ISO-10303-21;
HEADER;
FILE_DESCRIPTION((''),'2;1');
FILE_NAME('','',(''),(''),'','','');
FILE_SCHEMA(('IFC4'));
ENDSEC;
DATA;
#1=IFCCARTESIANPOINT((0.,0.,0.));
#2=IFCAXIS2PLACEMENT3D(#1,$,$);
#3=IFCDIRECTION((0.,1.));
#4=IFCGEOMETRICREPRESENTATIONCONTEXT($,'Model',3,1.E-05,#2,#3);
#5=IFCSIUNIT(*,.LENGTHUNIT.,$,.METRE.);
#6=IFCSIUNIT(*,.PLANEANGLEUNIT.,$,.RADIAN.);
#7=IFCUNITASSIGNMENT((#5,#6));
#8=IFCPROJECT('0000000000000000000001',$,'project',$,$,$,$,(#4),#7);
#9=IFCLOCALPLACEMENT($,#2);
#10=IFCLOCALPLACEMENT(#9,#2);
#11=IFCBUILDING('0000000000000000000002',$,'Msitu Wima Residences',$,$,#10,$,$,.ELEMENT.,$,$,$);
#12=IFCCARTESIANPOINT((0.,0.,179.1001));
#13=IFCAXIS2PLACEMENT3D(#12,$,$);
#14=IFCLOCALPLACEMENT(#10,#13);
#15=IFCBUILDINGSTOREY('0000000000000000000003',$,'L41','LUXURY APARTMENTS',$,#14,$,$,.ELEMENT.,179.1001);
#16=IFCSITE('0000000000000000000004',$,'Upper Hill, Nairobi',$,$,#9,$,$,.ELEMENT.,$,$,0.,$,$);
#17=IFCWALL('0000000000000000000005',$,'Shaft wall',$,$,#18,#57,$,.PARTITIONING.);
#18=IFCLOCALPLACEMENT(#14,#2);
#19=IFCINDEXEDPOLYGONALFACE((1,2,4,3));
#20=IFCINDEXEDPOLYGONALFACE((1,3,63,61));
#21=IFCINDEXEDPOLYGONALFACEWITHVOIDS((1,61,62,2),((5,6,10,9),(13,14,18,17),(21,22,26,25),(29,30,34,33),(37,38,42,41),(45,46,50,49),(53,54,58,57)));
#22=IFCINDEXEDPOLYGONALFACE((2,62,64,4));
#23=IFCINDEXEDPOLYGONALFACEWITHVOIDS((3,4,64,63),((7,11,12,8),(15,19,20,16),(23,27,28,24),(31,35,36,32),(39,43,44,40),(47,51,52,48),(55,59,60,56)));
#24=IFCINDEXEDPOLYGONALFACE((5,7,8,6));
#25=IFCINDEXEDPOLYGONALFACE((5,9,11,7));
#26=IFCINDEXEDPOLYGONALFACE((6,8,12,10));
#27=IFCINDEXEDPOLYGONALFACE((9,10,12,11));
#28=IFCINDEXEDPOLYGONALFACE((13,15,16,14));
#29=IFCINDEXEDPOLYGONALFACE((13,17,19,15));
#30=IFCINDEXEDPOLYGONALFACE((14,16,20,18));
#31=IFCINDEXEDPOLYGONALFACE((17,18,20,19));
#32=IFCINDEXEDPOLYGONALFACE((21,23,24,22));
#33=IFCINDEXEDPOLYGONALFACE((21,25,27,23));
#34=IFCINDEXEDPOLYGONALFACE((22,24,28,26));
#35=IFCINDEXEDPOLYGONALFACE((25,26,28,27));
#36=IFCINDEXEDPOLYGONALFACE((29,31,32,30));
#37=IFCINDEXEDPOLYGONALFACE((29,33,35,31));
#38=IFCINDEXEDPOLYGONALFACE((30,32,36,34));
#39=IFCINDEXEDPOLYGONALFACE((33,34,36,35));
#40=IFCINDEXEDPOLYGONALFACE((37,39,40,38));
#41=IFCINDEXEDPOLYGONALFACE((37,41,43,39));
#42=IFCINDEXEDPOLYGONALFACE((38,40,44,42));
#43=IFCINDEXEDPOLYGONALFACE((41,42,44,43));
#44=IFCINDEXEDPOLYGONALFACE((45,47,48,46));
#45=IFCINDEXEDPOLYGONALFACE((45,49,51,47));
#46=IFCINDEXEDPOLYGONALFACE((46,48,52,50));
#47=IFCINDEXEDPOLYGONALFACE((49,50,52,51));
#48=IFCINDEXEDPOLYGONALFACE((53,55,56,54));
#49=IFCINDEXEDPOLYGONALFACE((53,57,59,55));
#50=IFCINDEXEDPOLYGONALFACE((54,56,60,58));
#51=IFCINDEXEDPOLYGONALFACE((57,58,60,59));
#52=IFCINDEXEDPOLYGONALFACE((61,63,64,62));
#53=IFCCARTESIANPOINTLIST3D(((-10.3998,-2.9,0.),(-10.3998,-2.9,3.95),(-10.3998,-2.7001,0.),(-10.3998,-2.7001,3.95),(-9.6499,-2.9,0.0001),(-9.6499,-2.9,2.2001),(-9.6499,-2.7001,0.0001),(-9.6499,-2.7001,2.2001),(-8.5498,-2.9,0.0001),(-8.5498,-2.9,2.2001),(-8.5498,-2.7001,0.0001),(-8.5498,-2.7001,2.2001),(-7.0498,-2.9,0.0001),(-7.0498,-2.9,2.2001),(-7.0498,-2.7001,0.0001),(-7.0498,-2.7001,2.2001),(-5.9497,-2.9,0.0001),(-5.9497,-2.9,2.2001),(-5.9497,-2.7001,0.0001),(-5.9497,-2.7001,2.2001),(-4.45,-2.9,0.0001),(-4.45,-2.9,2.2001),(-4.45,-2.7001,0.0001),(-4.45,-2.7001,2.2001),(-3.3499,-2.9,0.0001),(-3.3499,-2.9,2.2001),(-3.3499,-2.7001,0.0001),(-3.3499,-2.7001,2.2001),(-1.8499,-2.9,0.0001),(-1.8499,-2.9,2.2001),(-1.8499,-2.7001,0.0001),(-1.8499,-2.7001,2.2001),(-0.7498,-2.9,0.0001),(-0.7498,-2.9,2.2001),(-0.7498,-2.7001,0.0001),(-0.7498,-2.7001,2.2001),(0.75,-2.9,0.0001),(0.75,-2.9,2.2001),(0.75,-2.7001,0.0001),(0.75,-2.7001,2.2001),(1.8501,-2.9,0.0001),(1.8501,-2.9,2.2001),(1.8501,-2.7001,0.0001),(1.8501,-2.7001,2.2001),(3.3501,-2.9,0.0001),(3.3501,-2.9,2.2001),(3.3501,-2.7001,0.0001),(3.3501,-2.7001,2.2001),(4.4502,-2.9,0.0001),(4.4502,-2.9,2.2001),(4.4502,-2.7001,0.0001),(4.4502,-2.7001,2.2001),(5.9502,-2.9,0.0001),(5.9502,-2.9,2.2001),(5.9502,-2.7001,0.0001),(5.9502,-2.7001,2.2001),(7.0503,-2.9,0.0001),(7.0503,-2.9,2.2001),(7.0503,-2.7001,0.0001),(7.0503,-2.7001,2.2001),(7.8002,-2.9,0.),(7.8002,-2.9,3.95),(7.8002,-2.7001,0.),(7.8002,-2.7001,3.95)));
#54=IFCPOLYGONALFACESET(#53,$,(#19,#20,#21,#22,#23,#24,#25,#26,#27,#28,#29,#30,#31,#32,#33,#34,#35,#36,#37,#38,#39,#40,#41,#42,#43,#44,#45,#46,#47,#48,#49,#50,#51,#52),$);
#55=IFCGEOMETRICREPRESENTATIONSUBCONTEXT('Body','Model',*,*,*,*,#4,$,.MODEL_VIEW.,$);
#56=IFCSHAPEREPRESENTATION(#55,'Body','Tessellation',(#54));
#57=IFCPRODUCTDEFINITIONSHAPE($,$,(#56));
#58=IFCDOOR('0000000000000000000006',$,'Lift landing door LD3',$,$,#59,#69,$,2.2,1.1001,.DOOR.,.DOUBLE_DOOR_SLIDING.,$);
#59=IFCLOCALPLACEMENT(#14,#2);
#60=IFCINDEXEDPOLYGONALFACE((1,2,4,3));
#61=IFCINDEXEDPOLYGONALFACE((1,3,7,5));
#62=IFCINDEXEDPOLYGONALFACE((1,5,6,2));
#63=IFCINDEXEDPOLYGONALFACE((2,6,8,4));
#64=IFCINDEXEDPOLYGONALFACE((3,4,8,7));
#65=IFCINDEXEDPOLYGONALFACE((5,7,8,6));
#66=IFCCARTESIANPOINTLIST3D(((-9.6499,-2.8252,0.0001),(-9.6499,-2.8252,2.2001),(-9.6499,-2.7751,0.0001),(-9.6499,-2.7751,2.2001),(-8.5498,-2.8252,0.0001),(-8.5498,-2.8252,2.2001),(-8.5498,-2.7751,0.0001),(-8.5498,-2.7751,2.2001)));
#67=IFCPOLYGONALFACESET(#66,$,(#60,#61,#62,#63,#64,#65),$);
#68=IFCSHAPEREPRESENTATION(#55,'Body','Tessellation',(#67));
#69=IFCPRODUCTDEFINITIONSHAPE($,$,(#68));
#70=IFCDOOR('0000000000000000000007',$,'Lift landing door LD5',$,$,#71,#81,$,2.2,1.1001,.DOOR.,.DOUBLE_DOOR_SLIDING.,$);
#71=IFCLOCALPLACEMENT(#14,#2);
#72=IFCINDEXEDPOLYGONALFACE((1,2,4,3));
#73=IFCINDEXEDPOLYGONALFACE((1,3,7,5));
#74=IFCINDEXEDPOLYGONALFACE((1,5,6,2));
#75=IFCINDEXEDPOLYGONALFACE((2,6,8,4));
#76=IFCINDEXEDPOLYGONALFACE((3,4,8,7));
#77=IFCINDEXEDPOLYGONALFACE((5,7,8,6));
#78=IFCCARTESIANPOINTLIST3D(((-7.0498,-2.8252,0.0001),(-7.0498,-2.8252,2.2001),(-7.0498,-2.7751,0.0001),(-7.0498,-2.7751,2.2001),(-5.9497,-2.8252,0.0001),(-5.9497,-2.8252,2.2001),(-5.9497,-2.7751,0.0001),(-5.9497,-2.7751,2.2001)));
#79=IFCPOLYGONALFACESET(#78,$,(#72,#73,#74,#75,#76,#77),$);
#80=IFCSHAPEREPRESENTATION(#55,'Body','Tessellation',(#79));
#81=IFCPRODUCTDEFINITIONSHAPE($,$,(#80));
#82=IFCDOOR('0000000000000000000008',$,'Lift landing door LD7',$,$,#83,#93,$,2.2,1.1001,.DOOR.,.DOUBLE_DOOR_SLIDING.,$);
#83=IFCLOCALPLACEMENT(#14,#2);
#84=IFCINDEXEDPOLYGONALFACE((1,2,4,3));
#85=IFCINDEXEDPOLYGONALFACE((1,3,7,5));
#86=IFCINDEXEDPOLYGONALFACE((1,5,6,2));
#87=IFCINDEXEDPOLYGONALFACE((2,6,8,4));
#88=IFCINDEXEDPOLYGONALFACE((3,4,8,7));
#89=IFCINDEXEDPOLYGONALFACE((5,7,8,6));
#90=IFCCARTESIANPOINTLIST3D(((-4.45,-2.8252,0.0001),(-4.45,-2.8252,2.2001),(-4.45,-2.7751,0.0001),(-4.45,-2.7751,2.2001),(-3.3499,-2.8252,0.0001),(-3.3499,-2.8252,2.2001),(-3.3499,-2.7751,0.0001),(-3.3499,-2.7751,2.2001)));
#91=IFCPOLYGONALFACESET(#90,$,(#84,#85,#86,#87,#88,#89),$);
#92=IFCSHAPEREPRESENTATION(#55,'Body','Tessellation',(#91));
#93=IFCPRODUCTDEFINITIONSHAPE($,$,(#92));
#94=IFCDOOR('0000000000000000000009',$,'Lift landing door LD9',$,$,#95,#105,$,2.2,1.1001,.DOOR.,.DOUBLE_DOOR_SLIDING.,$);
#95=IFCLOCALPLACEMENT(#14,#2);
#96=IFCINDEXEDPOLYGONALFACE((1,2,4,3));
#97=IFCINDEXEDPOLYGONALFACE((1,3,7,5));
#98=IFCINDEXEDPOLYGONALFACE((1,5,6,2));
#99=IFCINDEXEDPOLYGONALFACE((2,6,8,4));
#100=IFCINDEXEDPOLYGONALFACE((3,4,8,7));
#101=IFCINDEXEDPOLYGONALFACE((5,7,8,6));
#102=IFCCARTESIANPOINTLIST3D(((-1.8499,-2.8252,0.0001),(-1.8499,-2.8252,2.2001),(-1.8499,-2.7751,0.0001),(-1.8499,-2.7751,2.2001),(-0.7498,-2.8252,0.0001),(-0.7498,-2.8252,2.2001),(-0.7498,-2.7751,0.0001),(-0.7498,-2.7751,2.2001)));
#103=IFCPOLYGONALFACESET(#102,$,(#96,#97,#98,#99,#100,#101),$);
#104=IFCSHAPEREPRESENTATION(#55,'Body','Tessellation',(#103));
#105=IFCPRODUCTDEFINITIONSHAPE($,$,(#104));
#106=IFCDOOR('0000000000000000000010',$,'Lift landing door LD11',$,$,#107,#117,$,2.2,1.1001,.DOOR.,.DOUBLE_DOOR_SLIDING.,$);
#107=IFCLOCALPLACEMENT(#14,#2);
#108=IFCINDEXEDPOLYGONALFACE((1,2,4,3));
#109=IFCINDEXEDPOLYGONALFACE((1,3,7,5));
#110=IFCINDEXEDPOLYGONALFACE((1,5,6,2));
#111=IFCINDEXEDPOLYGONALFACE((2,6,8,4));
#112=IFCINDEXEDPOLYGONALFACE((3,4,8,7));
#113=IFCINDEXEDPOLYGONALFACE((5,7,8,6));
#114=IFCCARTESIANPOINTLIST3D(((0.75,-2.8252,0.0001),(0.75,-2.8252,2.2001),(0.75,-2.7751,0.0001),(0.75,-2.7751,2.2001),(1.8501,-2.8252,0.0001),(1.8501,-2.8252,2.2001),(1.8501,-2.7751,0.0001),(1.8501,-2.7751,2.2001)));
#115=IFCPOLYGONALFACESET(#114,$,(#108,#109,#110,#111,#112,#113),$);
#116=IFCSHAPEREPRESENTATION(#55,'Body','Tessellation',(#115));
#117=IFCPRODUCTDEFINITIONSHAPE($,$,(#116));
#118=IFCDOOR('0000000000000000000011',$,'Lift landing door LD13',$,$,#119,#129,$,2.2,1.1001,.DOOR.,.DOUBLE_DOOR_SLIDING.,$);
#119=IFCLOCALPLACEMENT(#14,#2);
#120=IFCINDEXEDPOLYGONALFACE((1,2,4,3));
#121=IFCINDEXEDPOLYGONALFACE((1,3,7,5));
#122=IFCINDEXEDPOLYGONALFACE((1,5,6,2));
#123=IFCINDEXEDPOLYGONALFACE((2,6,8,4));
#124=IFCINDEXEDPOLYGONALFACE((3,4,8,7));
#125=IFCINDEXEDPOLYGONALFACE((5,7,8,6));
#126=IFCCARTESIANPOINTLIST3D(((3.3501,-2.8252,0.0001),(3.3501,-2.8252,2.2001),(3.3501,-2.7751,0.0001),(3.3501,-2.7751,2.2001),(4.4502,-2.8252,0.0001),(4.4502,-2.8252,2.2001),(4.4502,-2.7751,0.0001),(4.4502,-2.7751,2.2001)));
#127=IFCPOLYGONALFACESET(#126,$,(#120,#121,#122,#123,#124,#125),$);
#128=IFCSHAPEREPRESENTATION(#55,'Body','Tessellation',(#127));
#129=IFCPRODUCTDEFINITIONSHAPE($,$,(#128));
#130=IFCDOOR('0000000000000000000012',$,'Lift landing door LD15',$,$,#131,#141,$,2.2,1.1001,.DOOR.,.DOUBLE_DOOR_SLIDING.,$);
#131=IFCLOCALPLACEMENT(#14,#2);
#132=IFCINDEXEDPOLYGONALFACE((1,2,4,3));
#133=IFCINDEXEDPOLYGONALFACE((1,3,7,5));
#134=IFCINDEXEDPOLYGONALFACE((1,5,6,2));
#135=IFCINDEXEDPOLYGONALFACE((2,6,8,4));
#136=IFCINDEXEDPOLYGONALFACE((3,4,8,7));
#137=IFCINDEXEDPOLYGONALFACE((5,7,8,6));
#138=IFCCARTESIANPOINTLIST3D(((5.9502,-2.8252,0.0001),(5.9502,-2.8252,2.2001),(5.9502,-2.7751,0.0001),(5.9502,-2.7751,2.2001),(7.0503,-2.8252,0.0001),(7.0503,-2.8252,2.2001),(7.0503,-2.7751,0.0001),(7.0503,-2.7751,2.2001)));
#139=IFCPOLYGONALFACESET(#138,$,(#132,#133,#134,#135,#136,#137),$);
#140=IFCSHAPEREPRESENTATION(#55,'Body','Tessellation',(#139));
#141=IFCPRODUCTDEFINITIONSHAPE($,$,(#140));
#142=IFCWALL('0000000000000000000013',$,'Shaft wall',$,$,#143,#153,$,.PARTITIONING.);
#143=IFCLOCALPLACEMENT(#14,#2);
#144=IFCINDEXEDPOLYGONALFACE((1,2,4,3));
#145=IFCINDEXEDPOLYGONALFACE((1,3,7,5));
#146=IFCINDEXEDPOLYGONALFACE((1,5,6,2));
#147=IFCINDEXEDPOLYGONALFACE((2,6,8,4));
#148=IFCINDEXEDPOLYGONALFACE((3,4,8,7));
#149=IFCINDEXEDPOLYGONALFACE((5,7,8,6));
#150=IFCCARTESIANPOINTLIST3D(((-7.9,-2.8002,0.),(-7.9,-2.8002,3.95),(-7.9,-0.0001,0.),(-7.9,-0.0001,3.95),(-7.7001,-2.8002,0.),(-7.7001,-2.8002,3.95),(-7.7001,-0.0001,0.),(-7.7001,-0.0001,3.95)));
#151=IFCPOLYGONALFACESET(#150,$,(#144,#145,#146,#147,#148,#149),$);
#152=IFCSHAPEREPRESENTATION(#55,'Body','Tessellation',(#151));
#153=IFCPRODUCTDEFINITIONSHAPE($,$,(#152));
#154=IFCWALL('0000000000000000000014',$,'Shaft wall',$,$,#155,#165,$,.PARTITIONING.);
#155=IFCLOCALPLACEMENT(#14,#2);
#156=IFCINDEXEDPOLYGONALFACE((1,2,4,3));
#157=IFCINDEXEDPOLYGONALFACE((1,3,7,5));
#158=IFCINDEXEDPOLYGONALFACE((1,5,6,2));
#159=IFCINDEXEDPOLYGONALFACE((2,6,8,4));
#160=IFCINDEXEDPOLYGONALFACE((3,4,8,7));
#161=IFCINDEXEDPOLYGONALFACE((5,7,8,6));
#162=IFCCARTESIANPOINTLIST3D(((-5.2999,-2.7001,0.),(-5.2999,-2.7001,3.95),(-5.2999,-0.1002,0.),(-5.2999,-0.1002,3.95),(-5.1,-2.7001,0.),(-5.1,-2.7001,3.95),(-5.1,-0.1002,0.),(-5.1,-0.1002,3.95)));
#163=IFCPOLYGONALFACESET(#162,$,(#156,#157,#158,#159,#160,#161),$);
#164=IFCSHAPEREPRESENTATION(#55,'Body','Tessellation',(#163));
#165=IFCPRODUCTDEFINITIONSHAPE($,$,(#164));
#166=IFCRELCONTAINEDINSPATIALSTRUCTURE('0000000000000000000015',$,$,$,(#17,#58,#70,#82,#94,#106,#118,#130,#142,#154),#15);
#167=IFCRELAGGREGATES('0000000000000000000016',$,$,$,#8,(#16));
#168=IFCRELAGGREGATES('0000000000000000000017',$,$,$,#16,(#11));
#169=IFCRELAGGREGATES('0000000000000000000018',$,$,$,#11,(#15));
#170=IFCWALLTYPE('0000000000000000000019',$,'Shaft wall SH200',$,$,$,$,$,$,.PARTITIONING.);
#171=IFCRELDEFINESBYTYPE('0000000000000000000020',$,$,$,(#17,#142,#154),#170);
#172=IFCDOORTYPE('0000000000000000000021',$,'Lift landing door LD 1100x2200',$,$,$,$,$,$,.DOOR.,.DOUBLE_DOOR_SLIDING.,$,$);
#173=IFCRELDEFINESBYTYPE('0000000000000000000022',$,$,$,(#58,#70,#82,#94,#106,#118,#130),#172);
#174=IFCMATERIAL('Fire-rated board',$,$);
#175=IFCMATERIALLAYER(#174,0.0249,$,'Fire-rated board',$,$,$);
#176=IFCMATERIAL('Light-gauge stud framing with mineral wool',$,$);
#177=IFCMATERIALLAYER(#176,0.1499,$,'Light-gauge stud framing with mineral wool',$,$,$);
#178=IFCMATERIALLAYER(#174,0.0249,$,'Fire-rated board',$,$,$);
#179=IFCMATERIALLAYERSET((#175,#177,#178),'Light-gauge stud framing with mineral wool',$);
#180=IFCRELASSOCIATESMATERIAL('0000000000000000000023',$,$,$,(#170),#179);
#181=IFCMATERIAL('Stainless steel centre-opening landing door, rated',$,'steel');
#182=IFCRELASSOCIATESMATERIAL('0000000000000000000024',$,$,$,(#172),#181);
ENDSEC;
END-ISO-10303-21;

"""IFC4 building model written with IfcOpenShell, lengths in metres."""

from ifc_helpers import new_model, si_unit, direction, frame, frame_2d, origin, place, context, subcontext, project, spatial, rectangle, extrude, material, layer, layer_set, type_object, element, fill, save


model = new_model("IFC4")

# Units and contexts
model_context = context("Model", 3, precision=1e-05, world=origin(), true_north=direction((0.0, 1.0)))
body_context = subcontext(model_context, "Body", "Model", "MODEL_VIEW")
ifc_project = project(units=[si_unit("LENGTHUNIT", "METRE"), si_unit("PLANEANGLEUNIT", "RADIAN")], contexts=[model_context])

# Site, building, storey
site_placement = place(None, origin())
site = spatial("IfcSite", under=ifc_project, at=site_placement, Name="Upper Hill, Nairobi", CompositionType="ELEMENT", RefElevation=0.0)
building_placement = place(site_placement, origin())
building = spatial("IfcBuilding", under=site, at=building_placement, Name="Msitu Wima Residences", CompositionType="ELEMENT")
storey_placement = place(building_placement, frame((0.0, 0.0, 179.1001)))
storey = spatial("IfcBuildingStorey", under=building, at=storey_placement, Name="L41", Description="LUXURY APARTMENTS", CompositionType="ELEMENT", Elevation=179.1001)

# Shared definitions
ifc_material_1 = material(Name="Fire-rated board")
ifc_layer_1 = layer(ifc_material_1, 0.0249, Name="Fire-rated board")
ifc_material_2 = material(Name="Light-gauge stud framing with mineral wool")
ifc_layer_2 = layer(ifc_material_2, 0.1499, Name="Light-gauge stud framing with mineral wool")
ifc_layer_3 = layer(ifc_material_1, 0.0249, Name="Fire-rated board")
ifc_layer_set_1 = layer_set([ifc_layer_1, ifc_layer_2, ifc_layer_3], Name="Light-gauge stud framing with mineral wool")
wall_type_1 = type_object("IfcWallType", Name="Shaft wall SH200", PredefinedType="PARTITIONING", material=ifc_layer_set_1)

# Wall, openings, doors
wall_1_placement = place(storey_placement, frame((-10.3999, -2.8, 0.0), z_axis=(0.0, 0.0, 1.0), x_axis=(1.0, 0.0, 0.0)))
wall_1 = element("IfcWall", 1, at=wall_1_placement, inside=storey, type_object=wall_type_1, Name="Shaft wall", PredefinedType="PARTITIONING", context=body_context, shape_type="SweptSolid", body=[
    extrude(rectangle(XDim=18.2, YDim=0.2, at=frame_2d((9.1001, 0.0))), origin(), (0.0, 0.0, 1.0), 3.95),
])
opening_1_placement = place(wall_1_placement, frame((0.75, 0.0, 0.0)))
opening_1 = element("IfcOpeningElement", 2, at=opening_1_placement, cuts=wall_1, PredefinedType="OPENING", context=body_context, shape_type="SweptSolid", body=[
    extrude(rectangle(XDim=1.1001, YDim=2.2, at=frame_2d((0.55, 1.1001))), frame((0.0, 0.1099, 0.0), z_axis=(0.0, -1.0, 0.0), x_axis=(1.0, 0.0, 0.0)), (0.0, 0.0, 1.0), 0.22),
])
opening_2_placement = place(wall_1_placement, frame((3.3501, 0.0, 0.0)))
opening_2 = element("IfcOpeningElement", 3, at=opening_2_placement, cuts=wall_1, PredefinedType="OPENING", context=body_context, shape_type="SweptSolid", body=[
    extrude(rectangle(XDim=1.1001, YDim=2.2, at=frame_2d((0.55, 1.1001))), frame((0.0, 0.1099, 0.0), z_axis=(0.0, -1.0, 0.0), x_axis=(1.0, 0.0, 0.0)), (0.0, 0.0, 1.0), 0.22),
])
opening_3_placement = place(wall_1_placement, frame((5.95, 0.0, 0.0)))
opening_3 = element("IfcOpeningElement", 4, at=opening_3_placement, cuts=wall_1, PredefinedType="OPENING", context=body_context, shape_type="SweptSolid", body=[
    extrude(rectangle(XDim=1.1001, YDim=2.2, at=frame_2d((0.55, 1.1001))), frame((0.0, 0.1099, 0.0), z_axis=(0.0, -1.0, 0.0), x_axis=(1.0, 0.0, 0.0)), (0.0, 0.0, 1.0), 0.22),
])
opening_4_placement = place(wall_1_placement, frame((8.55, 0.0, 0.0)))
opening_4 = element("IfcOpeningElement", 5, at=opening_4_placement, cuts=wall_1, PredefinedType="OPENING", context=body_context, shape_type="SweptSolid", body=[
    extrude(rectangle(XDim=1.1001, YDim=2.2, at=frame_2d((0.55, 1.1001))), frame((0.0, 0.1099, 0.0), z_axis=(0.0, -1.0, 0.0), x_axis=(1.0, 0.0, 0.0)), (0.0, 0.0, 1.0), 0.22),
])
opening_5_placement = place(wall_1_placement, frame((11.1499, 0.0, 0.0)))
opening_5 = element("IfcOpeningElement", 6, at=opening_5_placement, cuts=wall_1, PredefinedType="OPENING", context=body_context, shape_type="SweptSolid", body=[
    extrude(rectangle(XDim=1.1001, YDim=2.2, at=frame_2d((0.55, 1.1001))), frame((0.0, 0.1099, 0.0), z_axis=(0.0, -1.0, 0.0), x_axis=(1.0, 0.0, 0.0)), (0.0, 0.0, 1.0), 0.22),
])
opening_6_placement = place(wall_1_placement, frame((13.75, 0.0, 0.0)))
opening_6 = element("IfcOpeningElement", 7, at=opening_6_placement, cuts=wall_1, PredefinedType="OPENING", context=body_context, shape_type="SweptSolid", body=[
    extrude(rectangle(XDim=1.1001, YDim=2.2, at=frame_2d((0.55, 1.1001))), frame((0.0, 0.1099, 0.0), z_axis=(0.0, -1.0, 0.0), x_axis=(1.0, 0.0, 0.0)), (0.0, 0.0, 1.0), 0.22),
])
opening_7_placement = place(wall_1_placement, frame((16.3501, 0.0, 0.0)))
opening_7 = element("IfcOpeningElement", 8, at=opening_7_placement, cuts=wall_1, PredefinedType="OPENING", context=body_context, shape_type="SweptSolid", body=[
    extrude(rectangle(XDim=1.1001, YDim=2.2, at=frame_2d((0.55, 1.1001))), frame((0.0, 0.1099, 0.0), z_axis=(0.0, -1.0, 0.0), x_axis=(1.0, 0.0, 0.0)), (0.0, 0.0, 1.0), 0.22),
])
ifc_material_3 = material(Name="Stainless steel centre-opening landing door, rated", Category="steel")
door_type_1 = type_object("IfcDoorType", Name="Lift landing door LD 1100x2200", OperationType="DOUBLE_DOOR_SLIDING", PredefinedType="DOOR", material=ifc_material_3)
door_1_placement = place(opening_1_placement, origin())
door_1 = element("IfcDoor", 9, at=door_1_placement, inside=storey, type_object=door_type_1, Name="Lift landing door LD3", OperationType="DOUBLE_DOOR_SLIDING", OverallHeight=2.2, OverallWidth=1.1001, PredefinedType="DOOR", context=body_context, shape_type="SweptSolid", body=[
    extrude(rectangle(XDim=1.1001, YDim=2.2, at=frame_2d((0.55, 1.1001))), frame((0.0, 0.0249, 0.0), z_axis=(0.0, -1.0, 0.0), x_axis=(1.0, 0.0, 0.0)), (0.0, 0.0, 1.0), 0.05),
])
fill(opening_1, door_1)
door_2_placement = place(opening_2_placement, origin())
door_2 = element("IfcDoor", 10, at=door_2_placement, inside=storey, type_object=door_type_1, Name="Lift landing door LD5", OperationType="DOUBLE_DOOR_SLIDING", OverallHeight=2.2, OverallWidth=1.1001, PredefinedType="DOOR", context=body_context, shape_type="SweptSolid", body=[
    extrude(rectangle(XDim=1.1001, YDim=2.2, at=frame_2d((0.55, 1.1001))), frame((0.0, 0.0249, 0.0), z_axis=(0.0, -1.0, 0.0), x_axis=(1.0, 0.0, 0.0)), (0.0, 0.0, 1.0), 0.05),
])
fill(opening_2, door_2)
door_3_placement = place(opening_3_placement, origin())
door_3 = element("IfcDoor", 11, at=door_3_placement, inside=storey, type_object=door_type_1, Name="Lift landing door LD7", OperationType="DOUBLE_DOOR_SLIDING", OverallHeight=2.2, OverallWidth=1.1001, PredefinedType="DOOR", context=body_context, shape_type="SweptSolid", body=[
    extrude(rectangle(XDim=1.1001, YDim=2.2, at=frame_2d((0.55, 1.1001))), frame((0.0, 0.0249, 0.0), z_axis=(0.0, -1.0, 0.0), x_axis=(1.0, 0.0, 0.0)), (0.0, 0.0, 1.0), 0.05),
])
fill(opening_3, door_3)
door_4_placement = place(opening_4_placement, origin())
door_4 = element("IfcDoor", 12, at=door_4_placement, inside=storey, type_object=door_type_1, Name="Lift landing door LD9", OperationType="DOUBLE_DOOR_SLIDING", OverallHeight=2.2, OverallWidth=1.1001, PredefinedType="DOOR", context=body_context, shape_type="SweptSolid", body=[
    extrude(rectangle(XDim=1.1001, YDim=2.2, at=frame_2d((0.55, 1.1001))), frame((0.0, 0.0249, 0.0), z_axis=(0.0, -1.0, 0.0), x_axis=(1.0, 0.0, 0.0)), (0.0, 0.0, 1.0), 0.05),
])
fill(opening_4, door_4)
door_5_placement = place(opening_5_placement, origin())
door_5 = element("IfcDoor", 13, at=door_5_placement, inside=storey, type_object=door_type_1, Name="Lift landing door LD11", OperationType="DOUBLE_DOOR_SLIDING", OverallHeight=2.2, OverallWidth=1.1001, PredefinedType="DOOR", context=body_context, shape_type="SweptSolid", body=[
    extrude(rectangle(XDim=1.1001, YDim=2.2, at=frame_2d((0.55, 1.1001))), frame((0.0, 0.0249, 0.0), z_axis=(0.0, -1.0, 0.0), x_axis=(1.0, 0.0, 0.0)), (0.0, 0.0, 1.0), 0.05),
])
fill(opening_5, door_5)
door_6_placement = place(opening_6_placement, origin())
door_6 = element("IfcDoor", 14, at=door_6_placement, inside=storey, type_object=door_type_1, Name="Lift landing door LD13", OperationType="DOUBLE_DOOR_SLIDING", OverallHeight=2.2, OverallWidth=1.1001, PredefinedType="DOOR", context=body_context, shape_type="SweptSolid", body=[
    extrude(rectangle(XDim=1.1001, YDim=2.2, at=frame_2d((0.55, 1.1001))), frame((0.0, 0.0249, 0.0), z_axis=(0.0, -1.0, 0.0), x_axis=(1.0, 0.0, 0.0)), (0.0, 0.0, 1.0), 0.05),
])
fill(opening_6, door_6)
door_7_placement = place(opening_7_placement, origin())
door_7 = element("IfcDoor", 15, at=door_7_placement, inside=storey, type_object=door_type_1, Name="Lift landing door LD15", OperationType="DOUBLE_DOOR_SLIDING", OverallHeight=2.2, OverallWidth=1.1001, PredefinedType="DOOR", context=body_context, shape_type="SweptSolid", body=[
    extrude(rectangle(XDim=1.1001, YDim=2.2, at=frame_2d((0.55, 1.1001))), frame((0.0, 0.0249, 0.0), z_axis=(0.0, -1.0, 0.0), x_axis=(1.0, 0.0, 0.0)), (0.0, 0.0, 1.0), 0.05),
])
fill(opening_7, door_7)

# Walls
wall_2_placement = place(storey_placement, frame((-7.8, -2.8, 0.0), z_axis=(0.0, 0.0, 1.0), x_axis=(0.0, 1.0, 0.0)))
element("IfcWall", 16, at=wall_2_placement, inside=storey, type_object=wall_type_1, Name="Shaft wall", PredefinedType="PARTITIONING", context=body_context, shape_type="SweptSolid", body=[
    extrude(rectangle(XDim=2.8, YDim=0.2, at=frame_2d((1.3999, 0.0))), origin(), (0.0, 0.0, 1.0), 3.95),
])
for number, where, z_axis, x_axis, name in (
    (17, (-5.2, -2.7, 0.0), (0.0, 0.0, 1.0), (0.0, 1.0, 0.0), "Shaft wall"),
):
    element("IfcWall", number, at=place(storey_placement, frame(where, z_axis=z_axis, x_axis=x_axis)), inside=storey, type_object=wall_type_1, Name=name, PredefinedType="PARTITIONING", context=body_context, shape_type="SweptSolid", body=[
        extrude(rectangle(XDim=2.5999, YDim=0.2, at=frame_2d((1.2998, 0.0))), origin(), (0.0, 0.0, 1.0), 3.95),
    ])

save(model, "model.ifc")
